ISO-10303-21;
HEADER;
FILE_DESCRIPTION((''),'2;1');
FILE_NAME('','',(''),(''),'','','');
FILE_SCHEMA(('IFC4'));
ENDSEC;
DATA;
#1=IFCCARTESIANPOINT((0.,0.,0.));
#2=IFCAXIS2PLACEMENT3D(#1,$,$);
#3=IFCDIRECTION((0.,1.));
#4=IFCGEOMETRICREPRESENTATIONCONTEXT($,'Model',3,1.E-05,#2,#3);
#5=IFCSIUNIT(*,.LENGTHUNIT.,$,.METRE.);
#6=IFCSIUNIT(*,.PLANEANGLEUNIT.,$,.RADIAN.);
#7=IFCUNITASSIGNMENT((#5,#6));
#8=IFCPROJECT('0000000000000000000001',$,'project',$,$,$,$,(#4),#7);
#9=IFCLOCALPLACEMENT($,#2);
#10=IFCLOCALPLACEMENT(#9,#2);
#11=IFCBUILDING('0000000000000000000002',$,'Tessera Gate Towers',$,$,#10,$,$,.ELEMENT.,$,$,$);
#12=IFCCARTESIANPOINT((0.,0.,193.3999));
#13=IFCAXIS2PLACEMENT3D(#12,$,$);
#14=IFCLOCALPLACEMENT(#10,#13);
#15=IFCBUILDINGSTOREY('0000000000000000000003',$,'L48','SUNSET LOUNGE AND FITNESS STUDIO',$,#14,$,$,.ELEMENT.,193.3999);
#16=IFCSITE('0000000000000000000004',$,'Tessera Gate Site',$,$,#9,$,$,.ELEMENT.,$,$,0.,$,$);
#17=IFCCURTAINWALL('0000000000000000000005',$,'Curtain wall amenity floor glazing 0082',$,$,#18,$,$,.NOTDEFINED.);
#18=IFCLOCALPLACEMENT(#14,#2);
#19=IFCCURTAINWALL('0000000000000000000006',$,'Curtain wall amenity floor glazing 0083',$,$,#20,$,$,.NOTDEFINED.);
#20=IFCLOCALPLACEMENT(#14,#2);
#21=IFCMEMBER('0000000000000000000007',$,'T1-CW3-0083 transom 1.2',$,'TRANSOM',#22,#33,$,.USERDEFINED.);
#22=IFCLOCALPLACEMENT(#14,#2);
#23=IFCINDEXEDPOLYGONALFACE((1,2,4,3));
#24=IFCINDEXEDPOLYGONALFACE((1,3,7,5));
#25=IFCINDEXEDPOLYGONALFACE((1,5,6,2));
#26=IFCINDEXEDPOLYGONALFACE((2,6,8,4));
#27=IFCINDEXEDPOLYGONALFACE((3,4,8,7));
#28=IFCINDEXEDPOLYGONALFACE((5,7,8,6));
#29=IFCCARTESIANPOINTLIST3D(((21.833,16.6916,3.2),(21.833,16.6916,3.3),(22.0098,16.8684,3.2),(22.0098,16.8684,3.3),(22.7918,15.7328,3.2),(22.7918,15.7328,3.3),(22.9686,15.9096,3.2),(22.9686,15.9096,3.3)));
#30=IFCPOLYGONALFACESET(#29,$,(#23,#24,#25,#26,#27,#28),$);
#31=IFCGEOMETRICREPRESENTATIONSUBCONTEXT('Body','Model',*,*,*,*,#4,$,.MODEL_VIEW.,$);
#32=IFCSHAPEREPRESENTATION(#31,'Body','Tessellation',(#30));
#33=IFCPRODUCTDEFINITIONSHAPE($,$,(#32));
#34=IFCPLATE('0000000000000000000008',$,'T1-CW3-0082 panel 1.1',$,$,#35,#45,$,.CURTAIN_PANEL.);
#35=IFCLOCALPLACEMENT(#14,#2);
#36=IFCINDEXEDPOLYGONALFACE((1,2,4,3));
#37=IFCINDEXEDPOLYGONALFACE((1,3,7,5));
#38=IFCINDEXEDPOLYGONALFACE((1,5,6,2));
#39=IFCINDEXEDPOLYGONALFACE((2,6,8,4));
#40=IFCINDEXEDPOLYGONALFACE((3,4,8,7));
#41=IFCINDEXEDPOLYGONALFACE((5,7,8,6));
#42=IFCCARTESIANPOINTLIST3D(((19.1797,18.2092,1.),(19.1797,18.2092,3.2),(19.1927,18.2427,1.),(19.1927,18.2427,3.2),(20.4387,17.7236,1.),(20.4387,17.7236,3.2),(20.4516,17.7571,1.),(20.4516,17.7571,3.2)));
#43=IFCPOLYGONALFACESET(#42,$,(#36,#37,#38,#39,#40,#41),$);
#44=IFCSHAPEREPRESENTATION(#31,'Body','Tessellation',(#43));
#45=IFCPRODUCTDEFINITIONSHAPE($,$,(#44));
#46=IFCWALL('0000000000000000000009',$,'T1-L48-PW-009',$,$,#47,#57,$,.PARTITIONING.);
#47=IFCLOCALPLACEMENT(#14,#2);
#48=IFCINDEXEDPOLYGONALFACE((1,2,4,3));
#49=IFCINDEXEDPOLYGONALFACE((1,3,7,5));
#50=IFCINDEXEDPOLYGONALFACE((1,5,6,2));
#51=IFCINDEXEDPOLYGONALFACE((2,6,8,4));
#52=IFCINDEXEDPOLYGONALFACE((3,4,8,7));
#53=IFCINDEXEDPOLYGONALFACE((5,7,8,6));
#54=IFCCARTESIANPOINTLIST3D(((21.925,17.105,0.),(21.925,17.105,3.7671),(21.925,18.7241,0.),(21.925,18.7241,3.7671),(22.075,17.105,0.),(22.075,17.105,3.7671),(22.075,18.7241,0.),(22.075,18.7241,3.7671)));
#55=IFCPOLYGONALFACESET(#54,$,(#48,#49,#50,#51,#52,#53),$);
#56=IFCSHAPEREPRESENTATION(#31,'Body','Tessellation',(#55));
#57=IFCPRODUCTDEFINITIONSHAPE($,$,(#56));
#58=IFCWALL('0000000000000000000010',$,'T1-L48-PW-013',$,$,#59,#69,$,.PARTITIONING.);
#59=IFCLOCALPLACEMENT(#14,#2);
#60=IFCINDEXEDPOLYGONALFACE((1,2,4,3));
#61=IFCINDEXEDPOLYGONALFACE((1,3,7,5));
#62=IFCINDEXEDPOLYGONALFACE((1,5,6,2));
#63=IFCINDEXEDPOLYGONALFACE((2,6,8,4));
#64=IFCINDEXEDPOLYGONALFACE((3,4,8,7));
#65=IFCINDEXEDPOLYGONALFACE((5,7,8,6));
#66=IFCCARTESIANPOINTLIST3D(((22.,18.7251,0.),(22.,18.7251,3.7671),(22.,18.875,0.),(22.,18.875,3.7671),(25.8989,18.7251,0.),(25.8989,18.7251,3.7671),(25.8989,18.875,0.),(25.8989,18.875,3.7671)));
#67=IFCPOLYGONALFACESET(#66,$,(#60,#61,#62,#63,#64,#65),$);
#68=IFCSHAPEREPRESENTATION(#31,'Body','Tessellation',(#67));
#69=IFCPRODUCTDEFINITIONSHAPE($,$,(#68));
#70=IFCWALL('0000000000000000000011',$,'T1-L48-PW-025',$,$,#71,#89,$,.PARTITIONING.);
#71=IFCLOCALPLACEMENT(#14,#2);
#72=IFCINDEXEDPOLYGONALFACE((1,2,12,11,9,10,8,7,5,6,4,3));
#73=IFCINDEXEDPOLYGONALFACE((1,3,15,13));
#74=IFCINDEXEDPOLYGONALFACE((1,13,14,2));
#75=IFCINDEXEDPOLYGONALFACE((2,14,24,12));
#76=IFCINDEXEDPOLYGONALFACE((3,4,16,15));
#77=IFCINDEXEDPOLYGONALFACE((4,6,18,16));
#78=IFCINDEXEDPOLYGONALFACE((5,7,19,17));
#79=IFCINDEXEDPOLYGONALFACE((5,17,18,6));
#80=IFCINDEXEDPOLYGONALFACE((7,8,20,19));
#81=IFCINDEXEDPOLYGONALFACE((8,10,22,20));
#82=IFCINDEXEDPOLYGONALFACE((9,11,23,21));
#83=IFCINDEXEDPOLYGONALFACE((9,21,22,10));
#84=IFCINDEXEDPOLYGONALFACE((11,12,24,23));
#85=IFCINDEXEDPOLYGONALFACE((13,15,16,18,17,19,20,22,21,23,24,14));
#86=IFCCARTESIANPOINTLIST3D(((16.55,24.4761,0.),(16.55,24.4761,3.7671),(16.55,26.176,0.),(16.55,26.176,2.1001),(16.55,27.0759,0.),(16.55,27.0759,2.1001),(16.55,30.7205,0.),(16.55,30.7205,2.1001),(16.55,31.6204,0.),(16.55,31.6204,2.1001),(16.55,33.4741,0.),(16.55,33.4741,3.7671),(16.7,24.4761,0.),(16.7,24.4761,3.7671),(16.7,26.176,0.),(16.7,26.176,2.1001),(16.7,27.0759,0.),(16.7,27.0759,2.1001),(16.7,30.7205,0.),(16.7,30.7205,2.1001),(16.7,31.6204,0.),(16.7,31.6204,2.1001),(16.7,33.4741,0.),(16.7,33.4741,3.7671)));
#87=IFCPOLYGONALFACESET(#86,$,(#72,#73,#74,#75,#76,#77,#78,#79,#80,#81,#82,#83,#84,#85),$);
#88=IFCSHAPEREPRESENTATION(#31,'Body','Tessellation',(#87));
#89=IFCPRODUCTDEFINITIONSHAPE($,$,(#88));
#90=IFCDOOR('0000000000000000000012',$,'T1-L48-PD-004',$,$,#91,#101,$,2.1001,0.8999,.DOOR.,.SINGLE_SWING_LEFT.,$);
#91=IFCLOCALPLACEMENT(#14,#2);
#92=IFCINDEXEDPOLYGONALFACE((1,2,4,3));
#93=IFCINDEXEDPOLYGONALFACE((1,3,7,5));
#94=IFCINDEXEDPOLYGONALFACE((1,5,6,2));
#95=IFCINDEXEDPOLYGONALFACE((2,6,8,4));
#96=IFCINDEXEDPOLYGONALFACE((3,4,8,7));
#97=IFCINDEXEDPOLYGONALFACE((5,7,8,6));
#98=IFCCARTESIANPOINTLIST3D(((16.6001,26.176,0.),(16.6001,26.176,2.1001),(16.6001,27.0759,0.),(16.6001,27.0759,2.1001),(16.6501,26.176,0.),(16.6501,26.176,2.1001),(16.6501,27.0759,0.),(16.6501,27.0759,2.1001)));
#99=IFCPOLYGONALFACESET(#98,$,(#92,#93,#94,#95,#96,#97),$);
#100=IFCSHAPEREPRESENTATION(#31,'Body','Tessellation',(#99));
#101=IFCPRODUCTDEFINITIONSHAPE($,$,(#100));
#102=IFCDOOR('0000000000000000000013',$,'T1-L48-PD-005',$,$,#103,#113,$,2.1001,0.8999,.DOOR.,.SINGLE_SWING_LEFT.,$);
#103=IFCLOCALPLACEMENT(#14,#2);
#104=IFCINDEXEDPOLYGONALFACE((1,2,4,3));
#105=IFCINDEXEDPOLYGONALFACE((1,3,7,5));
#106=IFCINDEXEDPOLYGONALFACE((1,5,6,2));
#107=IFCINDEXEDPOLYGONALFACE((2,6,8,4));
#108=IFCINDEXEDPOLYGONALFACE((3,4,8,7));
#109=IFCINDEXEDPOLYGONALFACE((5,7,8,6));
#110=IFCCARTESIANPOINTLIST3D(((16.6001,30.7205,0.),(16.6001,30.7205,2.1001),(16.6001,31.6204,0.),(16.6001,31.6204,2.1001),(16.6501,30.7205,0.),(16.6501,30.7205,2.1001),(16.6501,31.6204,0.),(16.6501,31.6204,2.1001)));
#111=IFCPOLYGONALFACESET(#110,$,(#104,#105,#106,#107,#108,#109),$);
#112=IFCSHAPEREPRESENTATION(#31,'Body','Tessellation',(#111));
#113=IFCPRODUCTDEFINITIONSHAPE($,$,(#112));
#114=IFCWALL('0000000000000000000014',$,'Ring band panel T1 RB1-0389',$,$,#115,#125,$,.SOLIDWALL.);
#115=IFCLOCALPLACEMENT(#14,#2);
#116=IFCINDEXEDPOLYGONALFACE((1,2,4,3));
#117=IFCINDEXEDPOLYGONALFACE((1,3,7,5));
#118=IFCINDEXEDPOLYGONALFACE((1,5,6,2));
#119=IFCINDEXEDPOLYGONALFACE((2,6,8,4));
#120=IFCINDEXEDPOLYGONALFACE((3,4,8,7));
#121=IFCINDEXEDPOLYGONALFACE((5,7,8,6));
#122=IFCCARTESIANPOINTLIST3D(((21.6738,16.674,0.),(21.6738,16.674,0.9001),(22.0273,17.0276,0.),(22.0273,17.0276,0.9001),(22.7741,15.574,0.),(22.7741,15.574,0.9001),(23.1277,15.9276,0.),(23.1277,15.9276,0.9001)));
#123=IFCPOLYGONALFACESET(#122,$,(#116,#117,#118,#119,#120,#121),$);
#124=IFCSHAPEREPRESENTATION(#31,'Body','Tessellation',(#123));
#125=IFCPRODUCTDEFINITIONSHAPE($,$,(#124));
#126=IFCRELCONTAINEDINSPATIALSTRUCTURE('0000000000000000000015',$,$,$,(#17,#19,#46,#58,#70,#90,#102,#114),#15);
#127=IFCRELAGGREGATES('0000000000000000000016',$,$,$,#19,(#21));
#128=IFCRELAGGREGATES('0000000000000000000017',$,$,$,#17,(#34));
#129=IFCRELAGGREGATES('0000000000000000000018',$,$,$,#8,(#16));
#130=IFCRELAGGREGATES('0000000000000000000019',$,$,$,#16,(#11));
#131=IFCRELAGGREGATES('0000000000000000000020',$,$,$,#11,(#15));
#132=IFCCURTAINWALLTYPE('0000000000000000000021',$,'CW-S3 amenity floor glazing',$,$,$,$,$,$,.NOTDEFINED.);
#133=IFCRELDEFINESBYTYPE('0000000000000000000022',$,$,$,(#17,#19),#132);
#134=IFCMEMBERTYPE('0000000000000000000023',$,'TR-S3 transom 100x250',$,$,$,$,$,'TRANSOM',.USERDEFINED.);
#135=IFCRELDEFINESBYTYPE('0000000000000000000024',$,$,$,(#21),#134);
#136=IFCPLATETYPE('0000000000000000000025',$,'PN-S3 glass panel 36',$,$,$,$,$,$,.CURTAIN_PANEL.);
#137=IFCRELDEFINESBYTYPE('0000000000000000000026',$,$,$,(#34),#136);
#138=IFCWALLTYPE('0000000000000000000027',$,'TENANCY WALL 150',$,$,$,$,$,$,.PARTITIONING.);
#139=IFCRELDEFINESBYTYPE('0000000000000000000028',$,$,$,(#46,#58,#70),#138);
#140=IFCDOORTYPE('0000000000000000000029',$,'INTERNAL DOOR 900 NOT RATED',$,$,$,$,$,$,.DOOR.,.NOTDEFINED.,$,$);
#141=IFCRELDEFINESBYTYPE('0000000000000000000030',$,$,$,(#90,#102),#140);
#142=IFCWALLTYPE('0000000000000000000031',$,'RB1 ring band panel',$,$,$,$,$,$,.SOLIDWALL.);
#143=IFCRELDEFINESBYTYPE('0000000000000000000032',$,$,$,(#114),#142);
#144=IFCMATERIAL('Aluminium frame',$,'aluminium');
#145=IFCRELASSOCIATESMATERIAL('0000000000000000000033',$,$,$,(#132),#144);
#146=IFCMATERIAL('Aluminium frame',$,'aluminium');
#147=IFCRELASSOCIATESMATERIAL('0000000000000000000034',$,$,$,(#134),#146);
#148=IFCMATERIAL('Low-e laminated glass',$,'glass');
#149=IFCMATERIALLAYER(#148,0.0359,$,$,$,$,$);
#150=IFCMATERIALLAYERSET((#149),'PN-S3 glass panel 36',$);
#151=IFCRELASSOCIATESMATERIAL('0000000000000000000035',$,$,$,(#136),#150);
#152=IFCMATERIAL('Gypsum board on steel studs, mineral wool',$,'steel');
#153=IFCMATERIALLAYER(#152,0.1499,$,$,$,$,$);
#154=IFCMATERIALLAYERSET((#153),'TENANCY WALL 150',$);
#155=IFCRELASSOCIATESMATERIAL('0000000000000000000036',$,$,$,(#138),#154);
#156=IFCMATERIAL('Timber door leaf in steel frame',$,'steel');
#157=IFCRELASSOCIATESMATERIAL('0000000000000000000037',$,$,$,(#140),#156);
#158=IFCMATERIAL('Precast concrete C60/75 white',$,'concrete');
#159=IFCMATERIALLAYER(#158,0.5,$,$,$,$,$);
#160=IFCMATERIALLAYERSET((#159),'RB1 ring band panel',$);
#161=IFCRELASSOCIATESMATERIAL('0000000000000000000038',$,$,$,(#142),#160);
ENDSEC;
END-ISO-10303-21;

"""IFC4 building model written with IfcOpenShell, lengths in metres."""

from ifc_helpers import new_model, si_unit, direction, frame, frame_2d, origin, origin_2d, place, context, subcontext, project, spatial, polyline, rectangle, outline, extrude, source, transform, mapped, material, layer, layer_set, material_profile, profile_set, type_object, element, fill, aggregate, save


model = new_model("IFC4")

# Units and contexts
model_context = context("Model", 3, precision=1e-05, world=origin(), true_north=direction((0.0, 1.0)))
body_context = subcontext(model_context, "Body", "Model", "MODEL_VIEW")
ifc_project = project(units=[si_unit("LENGTHUNIT", "METRE"), si_unit("PLANEANGLEUNIT", "RADIAN")], contexts=[model_context])

# Site, building, storey
site_placement = place(None, origin())
site = spatial("IfcSite", under=ifc_project, at=site_placement, Name="Tessera Gate Site", CompositionType="ELEMENT", RefElevation=0.0)
building_placement = place(site_placement, origin())
building = spatial("IfcBuilding", under=site, at=building_placement, Name="Tessera Gate Towers", CompositionType="ELEMENT")
storey_placement = place(building_placement, frame((0.0, 0.0, 193.3999)))
storey = spatial("IfcBuildingStorey", under=building, at=storey_placement, Name="L48", Description="SUNSET LOUNGE AND FITNESS STUDIO", CompositionType="ELEMENT", Elevation=193.3999)

# Shared definitions
ifc_material_1 = material(Name="Aluminium frame", Category="aluminium")
curtain_wall_type = type_object("IfcCurtainWallType", Name="CW-S3 amenity floor glazing", PredefinedType="NOTDEFINED", material=ifc_material_1)

# Curtain wall
curtain_wall_1_placement = place(storey_placement, origin())
curtain_wall_1 = element("IfcCurtainWall", 1, at=curtain_wall_1_placement, inside=storey, type_object=curtain_wall_type, Name="Curtain wall amenity floor glazing 0082", PredefinedType="NOTDEFINED")

# Curtain wall
curtain_wall_2_placement = place(storey_placement, origin())
curtain_wall_2 = element("IfcCurtainWall", 2, at=curtain_wall_2_placement, inside=storey, type_object=curtain_wall_type, Name="Curtain wall amenity floor glazing 0083", PredefinedType="NOTDEFINED")

# Member
ifc_material_2 = material(Name="Aluminium frame", Category="aluminium")
ifc_material_profile_1 = material_profile(ifc_material_2, rectangle(XDim=0.25, YDim=0.1001, at=origin_2d()), Name="AL 100x250")
ifc_profile_set_1 = profile_set([ifc_material_profile_1], Name="Aluminium frame")
member_type_1 = type_object("IfcMemberType", Name="TR-S3 transom 100x250", ElementType="TRANSOM", PredefinedType="USERDEFINED", material=ifc_profile_set_1)
member_1_placement = place(storey_placement, frame((21.9214, 16.78, 3.25), z_axis=(0.707107, -0.707107, 0.0), x_axis=(0.707107, 0.707107, 0.0)))
member_1 = element("IfcMember", 3, at=member_1_placement, type_object=member_type_1, Name="T1-CW3-0083 transom 1.2", ObjectType="TRANSOM", PredefinedType="USERDEFINED", context=body_context, shape_type="SweptSolid", body=[
    extrude(rectangle(XDim=0.25, YDim=0.1001, at=origin_2d()), origin(), (0.0, 0.0, 1.0), 1.356),
])
aggregate(curtain_wall_2, [member_1])

# Plate
ifc_material_3 = material(Name="Low-e laminated glass", Category="glass")
ifc_layer_1 = layer(ifc_material_3, 0.0359)
ifc_layer_set_1 = layer_set([ifc_layer_1], Name="PN-S3 glass panel 36")
plate_type = type_object("IfcPlateType", Name="PN-S3 glass panel 36", PredefinedType="CURTAIN_PANEL", material=ifc_layer_set_1)
plate_placement = place(storey_placement, frame((19.8157, 17.9832, 1.0), z_axis=(0.0, 0.0, 1.0), x_axis=(0.932989, -0.359904, 0.0)))
plate = element("IfcPlate", 4, at=plate_placement, type_object=plate_type, Name="T1-CW3-0082 panel 1.1", PredefinedType="CURTAIN_PANEL", context=body_context, shape_type="SweptSolid", body=[
    extrude(rectangle(XDim=1.3494, YDim=0.0359, at=origin_2d()), origin(), (0.0, 0.0, 1.0), 2.2),
])
aggregate(curtain_wall_1, [plate])

# Walls
ifc_material_4 = material(Name="Gypsum board on steel studs, mineral wool", Category="steel")
ifc_layer_2 = layer(ifc_material_4, 0.1499)
ifc_layer_set_2 = layer_set([ifc_layer_2], Name="TENANCY WALL 150")
wall_type_1 = type_object("IfcWallType", Name="TENANCY WALL 150", PredefinedType="PARTITIONING", material=ifc_layer_set_2)
wall_1_placement = place(storey_placement, frame((22.0, 17.105, 0.0), z_axis=(0.0, 0.0, 1.0), x_axis=(0.0, 1.0, 0.0)))
element("IfcWall", 5, at=wall_1_placement, inside=storey, type_object=wall_type_1, Name="T1-L48-PW-009", PredefinedType="PARTITIONING", context=body_context, shape_type="SweptSolid", body=[
    extrude(rectangle(XDim=1.6191, YDim=0.1499, at=frame_2d((0.8096, 0.0))), origin(), (0.0, 0.0, 1.0), 3.7671),
])
wall_2_placement = place(storey_placement, frame((22.0, 18.8, 0.0), z_axis=(0.0, 0.0, 1.0), x_axis=(1.0, 0.0, 0.0)))
element("IfcWall", 6, at=wall_2_placement, inside=storey, type_object=wall_type_1, Name="T1-L48-PW-013", PredefinedType="PARTITIONING", context=body_context, shape_type="SweptSolid", body=[
    extrude(rectangle(XDim=3.8989, YDim=0.1499, at=frame_2d((1.9495, 0.0))), origin(), (0.0, 0.0, 1.0), 3.7671),
])

# Wall, openings, doors
wall_3_placement = place(storey_placement, frame((16.625, 24.4761, 0.0), z_axis=(0.0, 0.0, 1.0), x_axis=(0.0, 1.0, 0.0)))
wall_3 = element("IfcWall", 7, at=wall_3_placement, inside=storey, type_object=wall_type_1, Name="T1-L48-PW-025", PredefinedType="PARTITIONING", context=body_context, shape_type="SweptSolid", body=[
    extrude(rectangle(XDim=8.998, YDim=0.1499, at=frame_2d((4.499, 0.0))), origin(), (0.0, 0.0, 1.0), 3.7671),
])
shared_shape_1 = source(origin(), body_context, "Body", "SweptSolid", [
    extrude(rectangle(XDim=0.8999, YDim=2.1001, at=frame_2d((0.45, 1.05))), frame((0.0, 0.085, 0.0), z_axis=(0.0, -1.0, 0.0), x_axis=(1.0, 0.0, 0.0)), (0.0, 0.0, 1.0), 0.1699),
])
opening_1_placement = place(wall_3_placement, frame((1.7, 0.0, 0.0)))
opening_1 = element("IfcOpeningElement", 8, at=opening_1_placement, cuts=wall_3, PredefinedType="OPENING", context=body_context, shape_type="MappedRepresentation", body=[
    mapped(shared_shape_1, transform((0.0, 0.0, 0.0), scale=1.0)),
])
opening_2_placement = place(wall_3_placement, frame((6.2444, 0.0, 0.0)))
opening_2 = element("IfcOpeningElement", 9, at=opening_2_placement, cuts=wall_3, PredefinedType="OPENING", context=body_context, shape_type="MappedRepresentation", body=[
    mapped(shared_shape_1, transform((0.0, 0.0, 0.0), scale=1.0)),
])
ifc_material_5 = material(Name="Timber door leaf in steel frame", Category="steel")
door_type = type_object("IfcDoorType", Name="INTERNAL DOOR 900 NOT RATED", OperationType="NOTDEFINED", PredefinedType="DOOR", material=ifc_material_5)
shared_shape_2 = source(origin(), body_context, "Body", "SweptSolid", [
    extrude(rectangle(XDim=0.8999, YDim=2.1001, at=frame_2d((0.45, 1.05))), frame((0.0, 0.0249, 0.0), z_axis=(0.0, -1.0, 0.0), x_axis=(1.0, 0.0, 0.0)), (0.0, 0.0, 1.0), 0.05),
])
door_1_placement = place(opening_1_placement, origin())
door_1 = element("IfcDoor", 10, at=door_1_placement, inside=storey, type_object=door_type, Name="T1-L48-PD-004", OperationType="SINGLE_SWING_LEFT", OverallHeight=2.1001, OverallWidth=0.8999, PredefinedType="DOOR", context=body_context, shape_type="MappedRepresentation", body=[
    mapped(shared_shape_2, transform((0.0, 0.0, 0.0), scale=1.0)),
])
fill(opening_1, door_1)
door_2_placement = place(opening_2_placement, origin())
door_2 = element("IfcDoor", 11, at=door_2_placement, inside=storey, type_object=door_type, Name="T1-L48-PD-005", OperationType="SINGLE_SWING_LEFT", OverallHeight=2.1001, OverallWidth=0.8999, PredefinedType="DOOR", context=body_context, shape_type="MappedRepresentation", body=[
    mapped(shared_shape_2, transform((0.0, 0.0, 0.0), scale=1.0)),
])
fill(opening_2, door_2)

# Wall
ifc_material_6 = material(Name="Precast concrete C60/75 white", Category="concrete")
ifc_layer_3 = layer(ifc_material_6, 0.5)
ifc_layer_set_3 = layer_set([ifc_layer_3], Name="RB1 ring band panel")
wall_type_2 = type_object("IfcWallType", Name="RB1 ring band panel", PredefinedType="SOLIDWALL", material=ifc_layer_set_3)
shared_shape_3 = source(origin(), body_context, "Body", "SweptSolid", [
    extrude(outline(polyline([(0.0, 0.0), (1.5559, 0.0), (1.5559, 0.9001), (0.0, 0.9001), (0.0, 0.0)])), frame((0.0, 0.25, 0.0), z_axis=(0.0, -1.0, 0.0), x_axis=(1.0, 0.0, 0.0)), (0.0, 0.0, 1.0), 0.5),
])
wall_4_placement = place(storey_placement, frame((21.8506, 16.8508, 0.0), z_axis=(0.0, 0.0, 1.0), x_axis=(0.707185, -0.707028, 0.0)))
element("IfcWall", 12, at=wall_4_placement, inside=storey, type_object=wall_type_2, Name="Ring band panel T1 RB1-0389", PredefinedType="SOLIDWALL", context=body_context, shape_type="MappedRepresentation", body=[
    mapped(shared_shape_3, transform((0.0, 0.0, 0.0), scale=1.0)),
])

save(model, "model.ifc")
